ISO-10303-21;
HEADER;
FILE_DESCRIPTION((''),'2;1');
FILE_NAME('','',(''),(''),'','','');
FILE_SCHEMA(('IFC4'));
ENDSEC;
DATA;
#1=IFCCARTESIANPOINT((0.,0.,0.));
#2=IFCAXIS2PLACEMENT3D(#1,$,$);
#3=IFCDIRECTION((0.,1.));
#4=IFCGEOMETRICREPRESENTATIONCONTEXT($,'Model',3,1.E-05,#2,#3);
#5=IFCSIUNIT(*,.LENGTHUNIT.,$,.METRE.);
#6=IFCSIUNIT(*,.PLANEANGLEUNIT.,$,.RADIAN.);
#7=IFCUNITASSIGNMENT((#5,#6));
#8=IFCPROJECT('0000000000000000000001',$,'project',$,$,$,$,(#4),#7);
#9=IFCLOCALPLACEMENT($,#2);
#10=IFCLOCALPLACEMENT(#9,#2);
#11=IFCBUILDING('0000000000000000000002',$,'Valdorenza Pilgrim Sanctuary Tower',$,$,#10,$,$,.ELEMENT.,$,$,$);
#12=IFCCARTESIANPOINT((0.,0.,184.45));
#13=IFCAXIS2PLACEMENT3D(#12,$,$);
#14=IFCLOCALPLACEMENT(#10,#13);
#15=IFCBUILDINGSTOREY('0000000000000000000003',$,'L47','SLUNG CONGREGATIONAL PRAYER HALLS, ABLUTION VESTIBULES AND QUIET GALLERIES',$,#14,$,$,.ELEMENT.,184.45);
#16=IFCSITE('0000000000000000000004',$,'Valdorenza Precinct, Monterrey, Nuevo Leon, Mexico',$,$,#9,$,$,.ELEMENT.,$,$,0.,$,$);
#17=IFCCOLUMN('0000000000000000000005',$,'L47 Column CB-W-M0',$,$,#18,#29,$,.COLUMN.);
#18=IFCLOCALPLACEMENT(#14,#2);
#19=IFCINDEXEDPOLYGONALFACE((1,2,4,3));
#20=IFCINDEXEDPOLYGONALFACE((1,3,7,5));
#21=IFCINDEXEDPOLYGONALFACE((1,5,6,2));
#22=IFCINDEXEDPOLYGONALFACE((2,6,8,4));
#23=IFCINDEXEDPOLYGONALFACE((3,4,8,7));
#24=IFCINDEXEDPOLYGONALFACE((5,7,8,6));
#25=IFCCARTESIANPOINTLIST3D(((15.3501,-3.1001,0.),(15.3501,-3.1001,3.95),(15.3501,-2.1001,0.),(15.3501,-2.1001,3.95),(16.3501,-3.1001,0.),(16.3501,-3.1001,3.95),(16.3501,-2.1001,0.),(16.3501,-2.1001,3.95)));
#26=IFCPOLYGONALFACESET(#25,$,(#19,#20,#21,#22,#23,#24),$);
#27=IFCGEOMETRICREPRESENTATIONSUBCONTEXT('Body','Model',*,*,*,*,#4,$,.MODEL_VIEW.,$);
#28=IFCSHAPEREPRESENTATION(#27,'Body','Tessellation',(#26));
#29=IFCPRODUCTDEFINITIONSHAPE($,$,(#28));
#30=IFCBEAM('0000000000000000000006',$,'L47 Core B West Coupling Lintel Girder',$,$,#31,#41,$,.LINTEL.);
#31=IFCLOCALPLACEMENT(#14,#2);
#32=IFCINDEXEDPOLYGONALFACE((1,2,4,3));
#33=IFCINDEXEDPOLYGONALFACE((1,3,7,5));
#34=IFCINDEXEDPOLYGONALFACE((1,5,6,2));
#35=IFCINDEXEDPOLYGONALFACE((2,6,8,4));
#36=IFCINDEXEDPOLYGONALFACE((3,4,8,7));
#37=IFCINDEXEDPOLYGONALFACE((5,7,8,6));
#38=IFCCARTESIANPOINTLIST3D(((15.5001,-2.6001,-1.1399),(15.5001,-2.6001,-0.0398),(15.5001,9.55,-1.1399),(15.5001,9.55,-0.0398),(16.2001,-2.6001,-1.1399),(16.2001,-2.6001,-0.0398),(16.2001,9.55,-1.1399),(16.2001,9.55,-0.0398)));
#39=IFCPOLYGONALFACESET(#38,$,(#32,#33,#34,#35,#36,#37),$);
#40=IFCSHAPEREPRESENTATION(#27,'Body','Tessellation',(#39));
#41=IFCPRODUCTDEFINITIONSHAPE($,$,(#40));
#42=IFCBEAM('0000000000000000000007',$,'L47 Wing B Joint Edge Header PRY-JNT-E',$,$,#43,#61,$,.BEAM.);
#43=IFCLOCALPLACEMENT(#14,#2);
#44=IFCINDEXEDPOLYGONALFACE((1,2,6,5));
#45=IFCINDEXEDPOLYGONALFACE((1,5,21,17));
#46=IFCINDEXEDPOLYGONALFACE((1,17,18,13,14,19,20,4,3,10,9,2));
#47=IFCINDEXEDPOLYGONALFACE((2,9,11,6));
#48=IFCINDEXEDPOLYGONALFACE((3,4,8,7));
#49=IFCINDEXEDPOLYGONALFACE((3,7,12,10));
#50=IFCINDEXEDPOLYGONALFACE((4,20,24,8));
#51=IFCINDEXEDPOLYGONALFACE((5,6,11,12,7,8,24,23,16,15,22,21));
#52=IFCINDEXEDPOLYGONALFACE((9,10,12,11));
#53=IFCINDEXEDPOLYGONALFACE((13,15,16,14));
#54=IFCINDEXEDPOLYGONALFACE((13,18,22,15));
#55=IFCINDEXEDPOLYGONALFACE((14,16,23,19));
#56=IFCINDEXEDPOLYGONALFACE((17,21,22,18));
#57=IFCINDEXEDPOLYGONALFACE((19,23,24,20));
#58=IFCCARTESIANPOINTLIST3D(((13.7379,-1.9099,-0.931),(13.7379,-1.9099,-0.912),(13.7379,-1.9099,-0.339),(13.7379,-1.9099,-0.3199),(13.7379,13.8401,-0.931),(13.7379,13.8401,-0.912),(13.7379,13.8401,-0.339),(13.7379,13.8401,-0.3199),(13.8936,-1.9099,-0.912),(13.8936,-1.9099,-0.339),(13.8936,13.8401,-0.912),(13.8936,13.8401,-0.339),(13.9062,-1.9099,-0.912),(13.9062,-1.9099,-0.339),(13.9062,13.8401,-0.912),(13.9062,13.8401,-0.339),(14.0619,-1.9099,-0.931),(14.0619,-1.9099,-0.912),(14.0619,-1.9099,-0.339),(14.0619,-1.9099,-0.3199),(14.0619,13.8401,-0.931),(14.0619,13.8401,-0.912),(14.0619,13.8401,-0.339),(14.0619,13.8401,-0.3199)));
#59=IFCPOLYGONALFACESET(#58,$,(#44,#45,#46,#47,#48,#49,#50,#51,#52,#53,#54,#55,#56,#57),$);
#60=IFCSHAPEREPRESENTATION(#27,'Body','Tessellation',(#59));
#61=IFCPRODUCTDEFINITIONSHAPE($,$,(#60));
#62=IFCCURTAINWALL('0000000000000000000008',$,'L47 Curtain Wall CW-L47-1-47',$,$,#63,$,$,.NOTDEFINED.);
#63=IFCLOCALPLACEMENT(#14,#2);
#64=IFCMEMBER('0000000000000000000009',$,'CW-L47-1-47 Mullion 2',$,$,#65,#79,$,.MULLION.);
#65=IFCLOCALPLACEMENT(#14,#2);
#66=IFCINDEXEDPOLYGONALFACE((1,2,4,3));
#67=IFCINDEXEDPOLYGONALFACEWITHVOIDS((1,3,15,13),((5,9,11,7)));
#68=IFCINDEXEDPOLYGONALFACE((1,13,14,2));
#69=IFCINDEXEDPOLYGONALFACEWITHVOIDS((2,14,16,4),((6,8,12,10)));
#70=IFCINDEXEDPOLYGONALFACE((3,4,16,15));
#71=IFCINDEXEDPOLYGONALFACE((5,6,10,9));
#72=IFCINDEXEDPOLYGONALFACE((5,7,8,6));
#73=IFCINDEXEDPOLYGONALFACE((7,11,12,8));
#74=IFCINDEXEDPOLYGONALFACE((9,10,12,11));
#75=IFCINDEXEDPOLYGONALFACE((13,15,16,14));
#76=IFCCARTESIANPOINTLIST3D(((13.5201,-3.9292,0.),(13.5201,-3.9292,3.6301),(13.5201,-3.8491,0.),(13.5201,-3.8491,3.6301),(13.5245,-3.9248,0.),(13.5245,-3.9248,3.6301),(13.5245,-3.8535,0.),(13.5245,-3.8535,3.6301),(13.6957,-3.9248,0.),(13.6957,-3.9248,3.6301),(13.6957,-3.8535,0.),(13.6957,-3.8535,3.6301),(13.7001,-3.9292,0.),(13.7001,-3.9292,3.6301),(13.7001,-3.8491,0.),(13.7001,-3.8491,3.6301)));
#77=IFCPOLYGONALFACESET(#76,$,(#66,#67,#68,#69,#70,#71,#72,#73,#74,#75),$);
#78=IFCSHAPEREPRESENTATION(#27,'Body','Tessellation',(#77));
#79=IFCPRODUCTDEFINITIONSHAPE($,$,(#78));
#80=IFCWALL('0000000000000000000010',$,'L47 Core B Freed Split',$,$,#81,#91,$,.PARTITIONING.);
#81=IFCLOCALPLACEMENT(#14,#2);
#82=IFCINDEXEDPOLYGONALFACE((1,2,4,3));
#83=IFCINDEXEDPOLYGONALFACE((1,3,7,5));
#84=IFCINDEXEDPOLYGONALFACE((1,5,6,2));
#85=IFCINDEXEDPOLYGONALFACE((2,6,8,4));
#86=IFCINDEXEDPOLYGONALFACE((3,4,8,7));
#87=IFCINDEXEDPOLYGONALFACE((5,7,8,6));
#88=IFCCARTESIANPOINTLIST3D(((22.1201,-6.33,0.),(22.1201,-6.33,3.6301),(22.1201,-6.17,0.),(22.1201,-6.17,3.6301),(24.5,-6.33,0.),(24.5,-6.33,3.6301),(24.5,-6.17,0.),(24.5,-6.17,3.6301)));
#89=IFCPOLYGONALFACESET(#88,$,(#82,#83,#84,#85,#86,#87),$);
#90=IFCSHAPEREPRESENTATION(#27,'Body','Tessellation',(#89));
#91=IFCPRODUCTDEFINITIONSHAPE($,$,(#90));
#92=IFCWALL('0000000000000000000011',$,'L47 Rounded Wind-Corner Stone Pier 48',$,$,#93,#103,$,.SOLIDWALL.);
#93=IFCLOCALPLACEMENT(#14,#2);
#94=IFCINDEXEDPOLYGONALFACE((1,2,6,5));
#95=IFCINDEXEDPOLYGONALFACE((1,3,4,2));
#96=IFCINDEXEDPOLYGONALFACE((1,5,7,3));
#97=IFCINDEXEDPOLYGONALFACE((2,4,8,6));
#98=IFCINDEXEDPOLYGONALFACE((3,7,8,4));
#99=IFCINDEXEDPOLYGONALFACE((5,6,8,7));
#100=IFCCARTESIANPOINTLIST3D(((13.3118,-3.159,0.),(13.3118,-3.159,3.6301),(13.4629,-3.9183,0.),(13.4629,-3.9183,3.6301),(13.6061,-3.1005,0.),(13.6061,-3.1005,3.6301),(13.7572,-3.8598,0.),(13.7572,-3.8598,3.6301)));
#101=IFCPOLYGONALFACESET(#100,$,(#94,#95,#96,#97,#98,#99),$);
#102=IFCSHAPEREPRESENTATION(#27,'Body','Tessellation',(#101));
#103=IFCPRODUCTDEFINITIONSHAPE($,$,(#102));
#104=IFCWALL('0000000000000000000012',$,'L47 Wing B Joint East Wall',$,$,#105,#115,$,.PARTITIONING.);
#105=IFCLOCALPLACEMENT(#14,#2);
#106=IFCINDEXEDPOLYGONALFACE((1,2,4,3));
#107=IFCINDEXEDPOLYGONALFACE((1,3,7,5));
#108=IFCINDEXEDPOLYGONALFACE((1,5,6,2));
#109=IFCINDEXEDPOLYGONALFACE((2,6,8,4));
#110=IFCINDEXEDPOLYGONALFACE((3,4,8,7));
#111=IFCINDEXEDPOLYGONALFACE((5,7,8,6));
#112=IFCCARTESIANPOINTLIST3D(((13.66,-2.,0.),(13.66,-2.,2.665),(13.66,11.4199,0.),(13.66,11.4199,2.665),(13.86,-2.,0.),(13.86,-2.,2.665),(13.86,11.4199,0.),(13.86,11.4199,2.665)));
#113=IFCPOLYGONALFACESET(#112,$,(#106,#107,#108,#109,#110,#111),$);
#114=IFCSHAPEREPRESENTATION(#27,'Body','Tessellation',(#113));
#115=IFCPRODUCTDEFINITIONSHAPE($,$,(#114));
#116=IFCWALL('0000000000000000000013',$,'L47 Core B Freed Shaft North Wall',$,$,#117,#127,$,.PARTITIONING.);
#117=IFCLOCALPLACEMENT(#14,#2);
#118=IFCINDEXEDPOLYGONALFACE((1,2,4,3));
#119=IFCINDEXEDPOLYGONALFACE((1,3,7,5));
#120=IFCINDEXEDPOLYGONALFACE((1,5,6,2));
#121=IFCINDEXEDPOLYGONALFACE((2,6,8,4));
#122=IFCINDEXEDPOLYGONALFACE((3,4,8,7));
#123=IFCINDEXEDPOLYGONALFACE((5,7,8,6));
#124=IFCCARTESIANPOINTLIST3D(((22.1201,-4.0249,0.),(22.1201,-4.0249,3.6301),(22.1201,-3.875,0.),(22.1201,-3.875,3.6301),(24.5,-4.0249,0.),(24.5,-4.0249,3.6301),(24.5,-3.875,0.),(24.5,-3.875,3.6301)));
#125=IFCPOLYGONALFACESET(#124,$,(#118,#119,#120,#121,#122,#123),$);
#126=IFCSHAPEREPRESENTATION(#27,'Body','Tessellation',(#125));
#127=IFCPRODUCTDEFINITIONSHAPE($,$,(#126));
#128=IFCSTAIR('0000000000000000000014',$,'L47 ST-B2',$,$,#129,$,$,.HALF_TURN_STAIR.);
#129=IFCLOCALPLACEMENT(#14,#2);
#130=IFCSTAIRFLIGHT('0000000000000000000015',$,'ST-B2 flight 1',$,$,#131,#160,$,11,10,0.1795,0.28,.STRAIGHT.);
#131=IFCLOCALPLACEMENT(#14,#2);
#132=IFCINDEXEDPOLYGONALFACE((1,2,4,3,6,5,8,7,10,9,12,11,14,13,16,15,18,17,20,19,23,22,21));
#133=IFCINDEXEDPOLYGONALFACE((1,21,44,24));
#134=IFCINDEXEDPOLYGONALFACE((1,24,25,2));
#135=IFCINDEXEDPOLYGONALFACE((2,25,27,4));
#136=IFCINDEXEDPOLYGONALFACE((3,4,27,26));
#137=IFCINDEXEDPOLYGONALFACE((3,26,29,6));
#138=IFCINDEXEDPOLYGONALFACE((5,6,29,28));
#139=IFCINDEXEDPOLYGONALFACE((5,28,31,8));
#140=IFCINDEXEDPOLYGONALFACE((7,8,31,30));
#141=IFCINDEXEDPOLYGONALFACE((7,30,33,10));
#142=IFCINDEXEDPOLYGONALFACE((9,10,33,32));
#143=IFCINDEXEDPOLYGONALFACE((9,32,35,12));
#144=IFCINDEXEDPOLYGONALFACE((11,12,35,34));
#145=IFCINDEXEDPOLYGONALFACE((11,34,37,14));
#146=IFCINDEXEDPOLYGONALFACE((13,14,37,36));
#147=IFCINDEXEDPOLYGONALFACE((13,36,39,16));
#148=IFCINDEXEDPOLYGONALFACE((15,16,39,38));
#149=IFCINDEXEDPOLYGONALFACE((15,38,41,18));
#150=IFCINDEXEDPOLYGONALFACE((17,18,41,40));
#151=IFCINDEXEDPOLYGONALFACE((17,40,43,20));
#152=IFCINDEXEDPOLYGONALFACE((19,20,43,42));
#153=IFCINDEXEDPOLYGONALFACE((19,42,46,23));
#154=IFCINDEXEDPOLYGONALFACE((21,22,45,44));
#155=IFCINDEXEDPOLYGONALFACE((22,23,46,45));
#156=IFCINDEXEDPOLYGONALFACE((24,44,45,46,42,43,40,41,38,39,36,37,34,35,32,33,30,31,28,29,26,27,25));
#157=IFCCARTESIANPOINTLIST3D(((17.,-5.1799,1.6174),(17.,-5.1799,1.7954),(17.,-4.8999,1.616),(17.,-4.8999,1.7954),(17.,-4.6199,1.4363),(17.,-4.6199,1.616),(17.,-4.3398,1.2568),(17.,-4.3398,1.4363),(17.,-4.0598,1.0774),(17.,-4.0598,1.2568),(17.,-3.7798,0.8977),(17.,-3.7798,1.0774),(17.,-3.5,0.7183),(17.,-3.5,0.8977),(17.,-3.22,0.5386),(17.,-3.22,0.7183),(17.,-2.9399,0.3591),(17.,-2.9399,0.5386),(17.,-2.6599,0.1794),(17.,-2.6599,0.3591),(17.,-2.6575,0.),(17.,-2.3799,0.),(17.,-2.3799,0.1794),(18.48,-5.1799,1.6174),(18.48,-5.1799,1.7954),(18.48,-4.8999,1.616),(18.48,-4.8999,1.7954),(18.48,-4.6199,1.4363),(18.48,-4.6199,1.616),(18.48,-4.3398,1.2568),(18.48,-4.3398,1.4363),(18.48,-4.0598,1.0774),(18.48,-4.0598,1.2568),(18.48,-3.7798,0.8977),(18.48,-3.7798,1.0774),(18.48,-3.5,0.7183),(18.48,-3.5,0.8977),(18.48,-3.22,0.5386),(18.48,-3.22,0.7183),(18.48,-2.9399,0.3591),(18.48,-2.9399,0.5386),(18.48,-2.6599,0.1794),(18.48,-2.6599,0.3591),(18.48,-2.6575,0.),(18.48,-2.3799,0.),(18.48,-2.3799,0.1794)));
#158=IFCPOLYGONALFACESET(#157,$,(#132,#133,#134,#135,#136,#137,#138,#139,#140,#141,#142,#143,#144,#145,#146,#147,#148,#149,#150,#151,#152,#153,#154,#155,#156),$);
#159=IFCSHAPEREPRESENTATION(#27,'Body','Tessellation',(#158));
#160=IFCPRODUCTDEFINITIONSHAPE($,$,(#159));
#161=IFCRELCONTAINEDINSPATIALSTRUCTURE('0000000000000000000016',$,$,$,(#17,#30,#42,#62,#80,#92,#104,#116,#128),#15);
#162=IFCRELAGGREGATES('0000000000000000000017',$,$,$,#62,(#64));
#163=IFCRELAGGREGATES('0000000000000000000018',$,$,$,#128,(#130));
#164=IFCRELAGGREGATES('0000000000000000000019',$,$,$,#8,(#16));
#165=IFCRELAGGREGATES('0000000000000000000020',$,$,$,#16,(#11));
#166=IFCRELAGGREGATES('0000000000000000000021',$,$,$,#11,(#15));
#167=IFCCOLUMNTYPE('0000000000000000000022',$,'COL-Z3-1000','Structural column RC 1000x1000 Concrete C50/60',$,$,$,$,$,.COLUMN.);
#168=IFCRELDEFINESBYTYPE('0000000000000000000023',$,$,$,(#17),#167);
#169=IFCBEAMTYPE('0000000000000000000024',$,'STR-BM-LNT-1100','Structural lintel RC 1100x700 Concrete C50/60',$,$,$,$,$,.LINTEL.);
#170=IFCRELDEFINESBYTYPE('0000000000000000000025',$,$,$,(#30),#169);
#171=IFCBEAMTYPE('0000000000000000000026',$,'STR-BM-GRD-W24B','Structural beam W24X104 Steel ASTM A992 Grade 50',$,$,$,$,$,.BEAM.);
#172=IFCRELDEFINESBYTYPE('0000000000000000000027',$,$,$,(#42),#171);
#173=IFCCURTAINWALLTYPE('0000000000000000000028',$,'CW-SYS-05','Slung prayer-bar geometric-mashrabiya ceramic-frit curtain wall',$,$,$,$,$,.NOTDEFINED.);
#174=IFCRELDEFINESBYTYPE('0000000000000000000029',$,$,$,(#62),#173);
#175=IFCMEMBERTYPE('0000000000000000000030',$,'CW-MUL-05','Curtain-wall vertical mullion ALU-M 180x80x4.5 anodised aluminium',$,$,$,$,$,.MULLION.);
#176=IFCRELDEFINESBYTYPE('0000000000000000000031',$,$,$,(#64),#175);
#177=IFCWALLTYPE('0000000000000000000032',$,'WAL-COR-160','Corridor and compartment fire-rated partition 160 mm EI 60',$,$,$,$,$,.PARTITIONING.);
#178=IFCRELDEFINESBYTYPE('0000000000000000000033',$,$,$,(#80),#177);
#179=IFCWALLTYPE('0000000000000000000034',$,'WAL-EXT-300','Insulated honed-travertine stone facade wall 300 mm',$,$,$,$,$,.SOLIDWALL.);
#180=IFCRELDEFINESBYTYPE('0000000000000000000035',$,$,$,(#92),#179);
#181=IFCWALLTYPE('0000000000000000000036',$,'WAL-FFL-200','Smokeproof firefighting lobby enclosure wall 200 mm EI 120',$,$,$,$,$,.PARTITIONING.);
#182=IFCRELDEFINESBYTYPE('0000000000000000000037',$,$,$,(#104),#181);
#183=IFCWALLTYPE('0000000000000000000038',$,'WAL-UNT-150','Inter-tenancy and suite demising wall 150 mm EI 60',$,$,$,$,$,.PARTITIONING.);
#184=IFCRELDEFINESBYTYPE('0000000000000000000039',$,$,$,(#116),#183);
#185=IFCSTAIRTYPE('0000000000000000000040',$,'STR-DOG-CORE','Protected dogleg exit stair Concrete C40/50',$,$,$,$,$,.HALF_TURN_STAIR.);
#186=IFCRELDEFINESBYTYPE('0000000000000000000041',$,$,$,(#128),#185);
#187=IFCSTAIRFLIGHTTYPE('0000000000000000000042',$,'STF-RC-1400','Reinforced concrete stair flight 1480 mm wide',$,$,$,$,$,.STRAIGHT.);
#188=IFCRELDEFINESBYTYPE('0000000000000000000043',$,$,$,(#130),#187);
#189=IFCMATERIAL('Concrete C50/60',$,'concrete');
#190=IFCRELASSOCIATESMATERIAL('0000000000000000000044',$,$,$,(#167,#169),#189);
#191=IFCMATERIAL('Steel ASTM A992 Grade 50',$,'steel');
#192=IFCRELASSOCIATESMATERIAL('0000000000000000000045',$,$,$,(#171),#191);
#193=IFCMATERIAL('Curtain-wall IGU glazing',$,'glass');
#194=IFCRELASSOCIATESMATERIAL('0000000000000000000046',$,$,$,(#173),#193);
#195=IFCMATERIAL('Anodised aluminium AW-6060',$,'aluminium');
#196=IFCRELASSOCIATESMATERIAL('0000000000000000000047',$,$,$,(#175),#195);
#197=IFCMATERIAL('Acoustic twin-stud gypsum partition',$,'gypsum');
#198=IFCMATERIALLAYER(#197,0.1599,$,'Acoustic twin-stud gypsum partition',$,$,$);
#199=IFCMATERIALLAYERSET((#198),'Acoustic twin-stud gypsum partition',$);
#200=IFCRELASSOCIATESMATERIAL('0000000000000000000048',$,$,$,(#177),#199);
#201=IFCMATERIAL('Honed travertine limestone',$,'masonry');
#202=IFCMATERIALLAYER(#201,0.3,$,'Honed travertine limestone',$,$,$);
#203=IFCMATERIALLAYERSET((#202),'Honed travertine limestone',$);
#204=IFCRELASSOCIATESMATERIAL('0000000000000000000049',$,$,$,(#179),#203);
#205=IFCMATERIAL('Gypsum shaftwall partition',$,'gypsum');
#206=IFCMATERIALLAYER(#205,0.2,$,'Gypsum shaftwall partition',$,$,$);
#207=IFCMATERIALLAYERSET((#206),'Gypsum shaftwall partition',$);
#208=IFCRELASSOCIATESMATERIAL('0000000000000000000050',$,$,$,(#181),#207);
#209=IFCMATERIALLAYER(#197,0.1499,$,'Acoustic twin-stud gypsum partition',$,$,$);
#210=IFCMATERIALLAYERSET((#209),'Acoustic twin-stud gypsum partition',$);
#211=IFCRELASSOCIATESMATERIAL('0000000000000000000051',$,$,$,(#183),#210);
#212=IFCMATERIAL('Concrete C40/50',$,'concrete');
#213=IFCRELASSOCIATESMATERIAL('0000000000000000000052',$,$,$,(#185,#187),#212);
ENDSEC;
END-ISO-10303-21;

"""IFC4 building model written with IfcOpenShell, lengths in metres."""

from ifc_helpers import new_model, si_unit, direction, frame, frame_2d, origin, origin_2d, place, context, subcontext, project, spatial, polyline, rectangle, hollow_rectangle, i_section, outline, extrude, source, transform, mapped, material, layer, layer_set, material_profile, profile_set, type_object, element, aggregate, save


model = new_model("IFC4")

# Units and contexts
model_context = context("Model", 3, precision=1e-05, world=origin(), true_north=direction((0.0, 1.0)))
body_context = subcontext(model_context, "Body", "Model", "MODEL_VIEW")
ifc_project = project(units=[si_unit("LENGTHUNIT", "METRE"), si_unit("PLANEANGLEUNIT", "RADIAN")], contexts=[model_context])

# Site, building, storey
site_placement = place(None, origin())
site = spatial("IfcSite", under=ifc_project, at=site_placement, Name="Valdorenza Precinct, Monterrey, Nuevo Leon, Mexico", CompositionType="ELEMENT", RefElevation=0.0)
building_placement = place(site_placement, origin())
building = spatial("IfcBuilding", under=site, at=building_placement, Name="Valdorenza Pilgrim Sanctuary Tower", CompositionType="ELEMENT")
storey_placement = place(building_placement, frame((0.0, 0.0, 184.45)))
storey = spatial("IfcBuildingStorey", under=building, at=storey_placement, Name="L47", Description="SLUNG CONGREGATIONAL PRAYER HALLS, ABLUTION VESTIBULES AND QUIET GALLERIES", CompositionType="ELEMENT", Elevation=184.45)

# Column
ifc_material_1 = material(Name="Concrete C50/60", Category="concrete")
ifc_material_profile_1 = material_profile(ifc_material_1, rectangle(XDim=1.0, YDim=1.0, at=origin_2d()), Name="RC 1000x1000")
ifc_profile_set_1 = profile_set([ifc_material_profile_1], Name="Concrete C50/60")
column_type = type_object("IfcColumnType", Name="COL-Z3-1000", Description="Structural column RC 1000x1000 Concrete C50/60", PredefinedType="COLUMN", material=ifc_profile_set_1)
shared_shape_1 = source(origin(), body_context, "Body", "SweptSolid", [
    extrude(rectangle(XDim=1.0, YDim=1.0, at=origin_2d()), origin(), (0.0, 0.0, 1.0), 3.95),
])
column_placement = place(storey_placement, frame((15.8501, -2.6001, 0.0), z_axis=(0.0, 0.0, 1.0), x_axis=(1.0, 0.0, 0.0)))
element("IfcColumn", 1, at=column_placement, inside=storey, type_object=column_type, Name="L47 Column CB-W-M0", PredefinedType="COLUMN", context=body_context, shape_type="MappedRepresentation", body=[
    mapped(shared_shape_1, transform((0.0, 0.0, 0.0), x_axis=(1.0, 0.0, 0.0), y_axis=(0.0, 1.0, 0.0), z_axis=(0.0, 0.0, 1.0), scale=1.0)),
])

# Beams
ifc_material_profile_2 = material_profile(ifc_material_1, rectangle(XDim=0.7, YDim=1.1001, at=origin_2d()), Name="RC 1100x700")
ifc_profile_set_2 = profile_set([ifc_material_profile_2], Name="Concrete C50/60")
beam_type_1 = type_object("IfcBeamType", Name="STR-BM-LNT-1100", Description="Structural lintel RC 1100x700 Concrete C50/60", PredefinedType="LINTEL", material=ifc_profile_set_2)
shared_shape_2 = source(origin(), body_context, "Body", "SweptSolid", [
    extrude(rectangle(XDim=0.7, YDim=1.1001, at=origin_2d()), origin(), (0.0, 0.0, 1.0), 12.1501),
])
beam_1_placement = place(storey_placement, frame((15.8501, -2.6001, -0.5898), z_axis=(0.0, 1.0, 0.0), x_axis=(-1.0, 0.0, 0.0)))
element("IfcBeam", 2, at=beam_1_placement, inside=storey, type_object=beam_type_1, Name="L47 Core B West Coupling Lintel Girder", PredefinedType="LINTEL", context=body_context, shape_type="MappedRepresentation", body=[
    mapped(shared_shape_2, transform((0.0, 0.0, 0.0), x_axis=(1.0, 0.0, 0.0), y_axis=(0.0, 1.0, 0.0), z_axis=(0.0, 0.0, 1.0), scale=1.0)),
])
ifc_material_2 = material(Name="Steel ASTM A992 Grade 50", Category="steel")
ifc_material_profile_3 = material_profile(ifc_material_2, i_section(OverallWidth=0.324, OverallDepth=0.6111, WebThickness=0.0127, FlangeThickness=0.019, at=origin_2d()), Name="W24X104")
ifc_profile_set_3 = profile_set([ifc_material_profile_3], Name="Steel ASTM A992 Grade 50")
beam_type_2 = type_object("IfcBeamType", Name="STR-BM-GRD-W24B", Description="Structural beam W24X104 Steel ASTM A992 Grade 50", PredefinedType="BEAM", material=ifc_profile_set_3)
shared_shape_3 = source(origin(), body_context, "Body", "SweptSolid", [
    extrude(i_section(OverallWidth=0.324, OverallDepth=0.6111, WebThickness=0.0127, FlangeThickness=0.019, at=origin_2d()), origin(), (0.0, 0.0, 1.0), 15.75),
])
beam_2_placement = place(storey_placement, frame((13.8999, -1.9099, -0.6255), z_axis=(0.0, 1.0, 0.0), x_axis=(-1.0, 0.0, 0.0)))
element("IfcBeam", 3, at=beam_2_placement, inside=storey, type_object=beam_type_2, Name="L47 Wing B Joint Edge Header PRY-JNT-E", PredefinedType="BEAM", context=body_context, shape_type="MappedRepresentation", body=[
    mapped(shared_shape_3, transform((0.0, 0.0, 0.0), x_axis=(1.0, 0.0, 0.0), y_axis=(0.0, 1.0, 0.0), z_axis=(0.0, 0.0, 1.0), scale=1.0)),
])

# Curtain wall, member
ifc_material_3 = material(Name="Curtain-wall IGU glazing", Category="glass")
curtain_wall_type = type_object("IfcCurtainWallType", Name="CW-SYS-05", Description="Slung prayer-bar geometric-mashrabiya ceramic-frit curtain wall", PredefinedType="NOTDEFINED", material=ifc_material_3)
curtain_wall_placement = place(storey_placement, origin())
curtain_wall = element("IfcCurtainWall", 4, at=curtain_wall_placement, inside=storey, type_object=curtain_wall_type, Name="L47 Curtain Wall CW-L47-1-47", PredefinedType="NOTDEFINED")
ifc_material_4 = material(Name="Anodised aluminium AW-6060", Category="aluminium")
ifc_material_profile_4 = material_profile(ifc_material_4, hollow_rectangle(XDim=0.0801, YDim=0.1799, WallThickness=0.0044, at=origin_2d()), Name="ALU-M 180x80x4.5")
ifc_profile_set_4 = profile_set([ifc_material_profile_4], Name="Anodised aluminium AW-6060")
member_type = type_object("IfcMemberType", Name="CW-MUL-05", Description="Curtain-wall vertical mullion ALU-M 180x80x4.5 anodised aluminium", PredefinedType="MULLION", material=ifc_profile_set_4)
shared_shape_4 = source(origin(), body_context, "Body", "SweptSolid", [
    extrude(hollow_rectangle(XDim=0.0801, YDim=0.1799, WallThickness=0.0044, at=origin_2d()), origin(), (0.0, 0.0, 1.0), 3.6301),
])
member_placement = place(storey_placement, frame((13.6101, -3.8892, 0.0), z_axis=(0.0, 0.0, 1.0), x_axis=(0.0, 1.0, 0.0)))
member = element("IfcMember", 5, at=member_placement, type_object=member_type, Name="CW-L47-1-47 Mullion 2", PredefinedType="MULLION", context=body_context, shape_type="MappedRepresentation", body=[
    mapped(shared_shape_4, transform((0.0, 0.0, 0.0), x_axis=(1.0, 0.0, 0.0), y_axis=(0.0, 1.0, 0.0), z_axis=(0.0, 0.0, 1.0), scale=1.0)),
])
aggregate(curtain_wall, [member])

# Walls
ifc_material_5 = material(Name="Acoustic twin-stud gypsum partition", Category="gypsum")
ifc_layer_1 = layer(ifc_material_5, 0.1599, Name="Acoustic twin-stud gypsum partition")
ifc_layer_set_1 = layer_set([ifc_layer_1], Name="Acoustic twin-stud gypsum partition")
wall_type_1 = type_object("IfcWallType", Name="WAL-COR-160", Description="Corridor and compartment fire-rated partition 160 mm EI 60", PredefinedType="PARTITIONING", material=ifc_layer_set_1)
wall_1_placement = place(storey_placement, frame((22.1201, -6.25, 0.0), z_axis=(0.0, 0.0, 1.0), x_axis=(1.0, 0.0, 0.0)))
element("IfcWall", 6, at=wall_1_placement, inside=storey, type_object=wall_type_1, Name="L47 Core B Freed Split", PredefinedType="PARTITIONING", context=body_context, shape_type="SweptSolid", body=[
    extrude(rectangle(XDim=2.3799, YDim=0.1599, at=frame_2d((1.1899, 0.0))), origin(), (0.0, 0.0, 1.0), 3.6301),
])
ifc_material_6 = material(Name="Honed travertine limestone", Category="masonry")
ifc_layer_2 = layer(ifc_material_6, 0.3, Name="Honed travertine limestone")
ifc_layer_set_2 = layer_set([ifc_layer_2], Name="Honed travertine limestone")
wall_type_2 = type_object("IfcWallType", Name="WAL-EXT-300", Description="Insulated honed-travertine stone facade wall 300 mm", PredefinedType="SOLIDWALL", material=ifc_layer_set_2)
wall_2_placement = place(storey_placement, frame((13.6101, -3.8892, 0.0), z_axis=(0.0, 0.0, 1.0), x_axis=(-0.195206, 0.980762, 0.0)))
element("IfcWall", 7, at=wall_2_placement, inside=storey, type_object=wall_type_2, Name="L47 Rounded Wind-Corner Stone Pier 48", PredefinedType="SOLIDWALL", context=body_context, shape_type="SweptSolid", body=[
    extrude(rectangle(XDim=0.7742, YDim=0.3, at=frame_2d((0.3872, 0.0))), origin(), (0.0, 0.0, 1.0), 3.6301),
])

# Shared definitions
ifc_material_7 = material(Name="Gypsum shaftwall partition", Category="gypsum")
ifc_layer_3 = layer(ifc_material_7, 0.2, Name="Gypsum shaftwall partition")
ifc_layer_set_3 = layer_set([ifc_layer_3], Name="Gypsum shaftwall partition")
wall_type_3 = type_object("IfcWallType", Name="WAL-FFL-200", Description="Smokeproof firefighting lobby enclosure wall 200 mm EI 120", PredefinedType="PARTITIONING", material=ifc_layer_set_3)

# Wall
wall_3_placement = place(storey_placement, frame((13.76, -2.0, 0.0), z_axis=(0.0, 0.0, 1.0), x_axis=(0.0, 1.0, 0.0)))
element("IfcWall", 8, at=wall_3_placement, inside=storey, type_object=wall_type_3, Name="L47 Wing B Joint East Wall", PredefinedType="PARTITIONING", context=body_context, shape_type="SweptSolid", body=[
    extrude(rectangle(XDim=13.4199, YDim=0.2, at=frame_2d((6.71, 0.0))), origin(), (0.0, 0.0, 1.0), 2.665),
])

# Shared definitions
ifc_material_8 = material(Name="Concrete C40/50", Category="concrete")

# Wall
ifc_layer_4 = layer(ifc_material_5, 0.1499, Name="Acoustic twin-stud gypsum partition")
ifc_layer_set_4 = layer_set([ifc_layer_4], Name="Acoustic twin-stud gypsum partition")
wall_type_4 = type_object("IfcWallType", Name="WAL-UNT-150", Description="Inter-tenancy and suite demising wall 150 mm EI 60", PredefinedType="PARTITIONING", material=ifc_layer_set_4)
wall_4_placement = place(storey_placement, frame((22.1201, -3.95, 0.0), z_axis=(0.0, 0.0, 1.0), x_axis=(1.0, 0.0, 0.0)))
element("IfcWall", 9, at=wall_4_placement, inside=storey, type_object=wall_type_4, Name="L47 Core B Freed Shaft North Wall", PredefinedType="PARTITIONING", context=body_context, shape_type="SweptSolid", body=[
    extrude(rectangle(XDim=2.3799, YDim=0.1499, at=frame_2d((1.1899, 0.0))), origin(), (0.0, 0.0, 1.0), 3.6301),
])

# Stair, stair flight
stair_type = type_object("IfcStairType", Name="STR-DOG-CORE", Description="Protected dogleg exit stair Concrete C40/50", PredefinedType="HALF_TURN_STAIR", material=ifc_material_8)
stair_placement = place(storey_placement, origin())
stair = element("IfcStair", 10, at=stair_placement, inside=storey, type_object=stair_type, Name="L47 ST-B2", PredefinedType="HALF_TURN_STAIR")
stair_flight_type = type_object("IfcStairFlightType", Name="STF-RC-1400", Description="Reinforced concrete stair flight 1480 mm wide", PredefinedType="STRAIGHT", material=ifc_material_8)
stair_flight_1_placement = place(storey_placement, frame((17.74, -2.3799, 0.0), z_axis=(0.0, 0.0, 1.0), x_axis=(0.0, -1.0, 0.0)))
stair_flight_1 = element("IfcStairFlight", 11, at=stair_flight_1_placement, type_object=stair_flight_type, Name="ST-B2 flight 1", NumberOfRisers=11, NumberOfTreads=10, PredefinedType="STRAIGHT", RiserHeight=0.1795, TreadLength=0.28, context=body_context, shape_type="SweptSolid", body=[
    extrude(outline(polyline([(0.0, 0.0), (0.0, 0.1794), (0.28, 0.1794), (0.28, 0.3591), (0.5601, 0.3591), (0.5601, 0.5386), (0.8401, 0.5386), (0.8401, 0.7183), (1.1201, 0.7183), (1.1201, 0.8977), (1.3999, 0.8977), (1.3999, 1.0774), (1.6799, 1.0774), (1.6799, 1.2568), (1.96, 1.2568), (1.96, 1.4363), (2.24, 1.4363), (2.24, 1.616), (2.52, 1.616), (2.52, 1.7954), (2.8, 1.7954), (2.8, 1.9751), (2.8, 1.6174), (0.2776, 0.0), (0.0, 0.0)])), frame((0.0, 0.74, 0.0), z_axis=(0.0, -1.0, 0.0), x_axis=(1.0, 0.0, 0.0)), (0.0, 0.0, 1.0), 1.48),
])
aggregate(stair, [stair_flight_1])

save(model, "model.ifc")
